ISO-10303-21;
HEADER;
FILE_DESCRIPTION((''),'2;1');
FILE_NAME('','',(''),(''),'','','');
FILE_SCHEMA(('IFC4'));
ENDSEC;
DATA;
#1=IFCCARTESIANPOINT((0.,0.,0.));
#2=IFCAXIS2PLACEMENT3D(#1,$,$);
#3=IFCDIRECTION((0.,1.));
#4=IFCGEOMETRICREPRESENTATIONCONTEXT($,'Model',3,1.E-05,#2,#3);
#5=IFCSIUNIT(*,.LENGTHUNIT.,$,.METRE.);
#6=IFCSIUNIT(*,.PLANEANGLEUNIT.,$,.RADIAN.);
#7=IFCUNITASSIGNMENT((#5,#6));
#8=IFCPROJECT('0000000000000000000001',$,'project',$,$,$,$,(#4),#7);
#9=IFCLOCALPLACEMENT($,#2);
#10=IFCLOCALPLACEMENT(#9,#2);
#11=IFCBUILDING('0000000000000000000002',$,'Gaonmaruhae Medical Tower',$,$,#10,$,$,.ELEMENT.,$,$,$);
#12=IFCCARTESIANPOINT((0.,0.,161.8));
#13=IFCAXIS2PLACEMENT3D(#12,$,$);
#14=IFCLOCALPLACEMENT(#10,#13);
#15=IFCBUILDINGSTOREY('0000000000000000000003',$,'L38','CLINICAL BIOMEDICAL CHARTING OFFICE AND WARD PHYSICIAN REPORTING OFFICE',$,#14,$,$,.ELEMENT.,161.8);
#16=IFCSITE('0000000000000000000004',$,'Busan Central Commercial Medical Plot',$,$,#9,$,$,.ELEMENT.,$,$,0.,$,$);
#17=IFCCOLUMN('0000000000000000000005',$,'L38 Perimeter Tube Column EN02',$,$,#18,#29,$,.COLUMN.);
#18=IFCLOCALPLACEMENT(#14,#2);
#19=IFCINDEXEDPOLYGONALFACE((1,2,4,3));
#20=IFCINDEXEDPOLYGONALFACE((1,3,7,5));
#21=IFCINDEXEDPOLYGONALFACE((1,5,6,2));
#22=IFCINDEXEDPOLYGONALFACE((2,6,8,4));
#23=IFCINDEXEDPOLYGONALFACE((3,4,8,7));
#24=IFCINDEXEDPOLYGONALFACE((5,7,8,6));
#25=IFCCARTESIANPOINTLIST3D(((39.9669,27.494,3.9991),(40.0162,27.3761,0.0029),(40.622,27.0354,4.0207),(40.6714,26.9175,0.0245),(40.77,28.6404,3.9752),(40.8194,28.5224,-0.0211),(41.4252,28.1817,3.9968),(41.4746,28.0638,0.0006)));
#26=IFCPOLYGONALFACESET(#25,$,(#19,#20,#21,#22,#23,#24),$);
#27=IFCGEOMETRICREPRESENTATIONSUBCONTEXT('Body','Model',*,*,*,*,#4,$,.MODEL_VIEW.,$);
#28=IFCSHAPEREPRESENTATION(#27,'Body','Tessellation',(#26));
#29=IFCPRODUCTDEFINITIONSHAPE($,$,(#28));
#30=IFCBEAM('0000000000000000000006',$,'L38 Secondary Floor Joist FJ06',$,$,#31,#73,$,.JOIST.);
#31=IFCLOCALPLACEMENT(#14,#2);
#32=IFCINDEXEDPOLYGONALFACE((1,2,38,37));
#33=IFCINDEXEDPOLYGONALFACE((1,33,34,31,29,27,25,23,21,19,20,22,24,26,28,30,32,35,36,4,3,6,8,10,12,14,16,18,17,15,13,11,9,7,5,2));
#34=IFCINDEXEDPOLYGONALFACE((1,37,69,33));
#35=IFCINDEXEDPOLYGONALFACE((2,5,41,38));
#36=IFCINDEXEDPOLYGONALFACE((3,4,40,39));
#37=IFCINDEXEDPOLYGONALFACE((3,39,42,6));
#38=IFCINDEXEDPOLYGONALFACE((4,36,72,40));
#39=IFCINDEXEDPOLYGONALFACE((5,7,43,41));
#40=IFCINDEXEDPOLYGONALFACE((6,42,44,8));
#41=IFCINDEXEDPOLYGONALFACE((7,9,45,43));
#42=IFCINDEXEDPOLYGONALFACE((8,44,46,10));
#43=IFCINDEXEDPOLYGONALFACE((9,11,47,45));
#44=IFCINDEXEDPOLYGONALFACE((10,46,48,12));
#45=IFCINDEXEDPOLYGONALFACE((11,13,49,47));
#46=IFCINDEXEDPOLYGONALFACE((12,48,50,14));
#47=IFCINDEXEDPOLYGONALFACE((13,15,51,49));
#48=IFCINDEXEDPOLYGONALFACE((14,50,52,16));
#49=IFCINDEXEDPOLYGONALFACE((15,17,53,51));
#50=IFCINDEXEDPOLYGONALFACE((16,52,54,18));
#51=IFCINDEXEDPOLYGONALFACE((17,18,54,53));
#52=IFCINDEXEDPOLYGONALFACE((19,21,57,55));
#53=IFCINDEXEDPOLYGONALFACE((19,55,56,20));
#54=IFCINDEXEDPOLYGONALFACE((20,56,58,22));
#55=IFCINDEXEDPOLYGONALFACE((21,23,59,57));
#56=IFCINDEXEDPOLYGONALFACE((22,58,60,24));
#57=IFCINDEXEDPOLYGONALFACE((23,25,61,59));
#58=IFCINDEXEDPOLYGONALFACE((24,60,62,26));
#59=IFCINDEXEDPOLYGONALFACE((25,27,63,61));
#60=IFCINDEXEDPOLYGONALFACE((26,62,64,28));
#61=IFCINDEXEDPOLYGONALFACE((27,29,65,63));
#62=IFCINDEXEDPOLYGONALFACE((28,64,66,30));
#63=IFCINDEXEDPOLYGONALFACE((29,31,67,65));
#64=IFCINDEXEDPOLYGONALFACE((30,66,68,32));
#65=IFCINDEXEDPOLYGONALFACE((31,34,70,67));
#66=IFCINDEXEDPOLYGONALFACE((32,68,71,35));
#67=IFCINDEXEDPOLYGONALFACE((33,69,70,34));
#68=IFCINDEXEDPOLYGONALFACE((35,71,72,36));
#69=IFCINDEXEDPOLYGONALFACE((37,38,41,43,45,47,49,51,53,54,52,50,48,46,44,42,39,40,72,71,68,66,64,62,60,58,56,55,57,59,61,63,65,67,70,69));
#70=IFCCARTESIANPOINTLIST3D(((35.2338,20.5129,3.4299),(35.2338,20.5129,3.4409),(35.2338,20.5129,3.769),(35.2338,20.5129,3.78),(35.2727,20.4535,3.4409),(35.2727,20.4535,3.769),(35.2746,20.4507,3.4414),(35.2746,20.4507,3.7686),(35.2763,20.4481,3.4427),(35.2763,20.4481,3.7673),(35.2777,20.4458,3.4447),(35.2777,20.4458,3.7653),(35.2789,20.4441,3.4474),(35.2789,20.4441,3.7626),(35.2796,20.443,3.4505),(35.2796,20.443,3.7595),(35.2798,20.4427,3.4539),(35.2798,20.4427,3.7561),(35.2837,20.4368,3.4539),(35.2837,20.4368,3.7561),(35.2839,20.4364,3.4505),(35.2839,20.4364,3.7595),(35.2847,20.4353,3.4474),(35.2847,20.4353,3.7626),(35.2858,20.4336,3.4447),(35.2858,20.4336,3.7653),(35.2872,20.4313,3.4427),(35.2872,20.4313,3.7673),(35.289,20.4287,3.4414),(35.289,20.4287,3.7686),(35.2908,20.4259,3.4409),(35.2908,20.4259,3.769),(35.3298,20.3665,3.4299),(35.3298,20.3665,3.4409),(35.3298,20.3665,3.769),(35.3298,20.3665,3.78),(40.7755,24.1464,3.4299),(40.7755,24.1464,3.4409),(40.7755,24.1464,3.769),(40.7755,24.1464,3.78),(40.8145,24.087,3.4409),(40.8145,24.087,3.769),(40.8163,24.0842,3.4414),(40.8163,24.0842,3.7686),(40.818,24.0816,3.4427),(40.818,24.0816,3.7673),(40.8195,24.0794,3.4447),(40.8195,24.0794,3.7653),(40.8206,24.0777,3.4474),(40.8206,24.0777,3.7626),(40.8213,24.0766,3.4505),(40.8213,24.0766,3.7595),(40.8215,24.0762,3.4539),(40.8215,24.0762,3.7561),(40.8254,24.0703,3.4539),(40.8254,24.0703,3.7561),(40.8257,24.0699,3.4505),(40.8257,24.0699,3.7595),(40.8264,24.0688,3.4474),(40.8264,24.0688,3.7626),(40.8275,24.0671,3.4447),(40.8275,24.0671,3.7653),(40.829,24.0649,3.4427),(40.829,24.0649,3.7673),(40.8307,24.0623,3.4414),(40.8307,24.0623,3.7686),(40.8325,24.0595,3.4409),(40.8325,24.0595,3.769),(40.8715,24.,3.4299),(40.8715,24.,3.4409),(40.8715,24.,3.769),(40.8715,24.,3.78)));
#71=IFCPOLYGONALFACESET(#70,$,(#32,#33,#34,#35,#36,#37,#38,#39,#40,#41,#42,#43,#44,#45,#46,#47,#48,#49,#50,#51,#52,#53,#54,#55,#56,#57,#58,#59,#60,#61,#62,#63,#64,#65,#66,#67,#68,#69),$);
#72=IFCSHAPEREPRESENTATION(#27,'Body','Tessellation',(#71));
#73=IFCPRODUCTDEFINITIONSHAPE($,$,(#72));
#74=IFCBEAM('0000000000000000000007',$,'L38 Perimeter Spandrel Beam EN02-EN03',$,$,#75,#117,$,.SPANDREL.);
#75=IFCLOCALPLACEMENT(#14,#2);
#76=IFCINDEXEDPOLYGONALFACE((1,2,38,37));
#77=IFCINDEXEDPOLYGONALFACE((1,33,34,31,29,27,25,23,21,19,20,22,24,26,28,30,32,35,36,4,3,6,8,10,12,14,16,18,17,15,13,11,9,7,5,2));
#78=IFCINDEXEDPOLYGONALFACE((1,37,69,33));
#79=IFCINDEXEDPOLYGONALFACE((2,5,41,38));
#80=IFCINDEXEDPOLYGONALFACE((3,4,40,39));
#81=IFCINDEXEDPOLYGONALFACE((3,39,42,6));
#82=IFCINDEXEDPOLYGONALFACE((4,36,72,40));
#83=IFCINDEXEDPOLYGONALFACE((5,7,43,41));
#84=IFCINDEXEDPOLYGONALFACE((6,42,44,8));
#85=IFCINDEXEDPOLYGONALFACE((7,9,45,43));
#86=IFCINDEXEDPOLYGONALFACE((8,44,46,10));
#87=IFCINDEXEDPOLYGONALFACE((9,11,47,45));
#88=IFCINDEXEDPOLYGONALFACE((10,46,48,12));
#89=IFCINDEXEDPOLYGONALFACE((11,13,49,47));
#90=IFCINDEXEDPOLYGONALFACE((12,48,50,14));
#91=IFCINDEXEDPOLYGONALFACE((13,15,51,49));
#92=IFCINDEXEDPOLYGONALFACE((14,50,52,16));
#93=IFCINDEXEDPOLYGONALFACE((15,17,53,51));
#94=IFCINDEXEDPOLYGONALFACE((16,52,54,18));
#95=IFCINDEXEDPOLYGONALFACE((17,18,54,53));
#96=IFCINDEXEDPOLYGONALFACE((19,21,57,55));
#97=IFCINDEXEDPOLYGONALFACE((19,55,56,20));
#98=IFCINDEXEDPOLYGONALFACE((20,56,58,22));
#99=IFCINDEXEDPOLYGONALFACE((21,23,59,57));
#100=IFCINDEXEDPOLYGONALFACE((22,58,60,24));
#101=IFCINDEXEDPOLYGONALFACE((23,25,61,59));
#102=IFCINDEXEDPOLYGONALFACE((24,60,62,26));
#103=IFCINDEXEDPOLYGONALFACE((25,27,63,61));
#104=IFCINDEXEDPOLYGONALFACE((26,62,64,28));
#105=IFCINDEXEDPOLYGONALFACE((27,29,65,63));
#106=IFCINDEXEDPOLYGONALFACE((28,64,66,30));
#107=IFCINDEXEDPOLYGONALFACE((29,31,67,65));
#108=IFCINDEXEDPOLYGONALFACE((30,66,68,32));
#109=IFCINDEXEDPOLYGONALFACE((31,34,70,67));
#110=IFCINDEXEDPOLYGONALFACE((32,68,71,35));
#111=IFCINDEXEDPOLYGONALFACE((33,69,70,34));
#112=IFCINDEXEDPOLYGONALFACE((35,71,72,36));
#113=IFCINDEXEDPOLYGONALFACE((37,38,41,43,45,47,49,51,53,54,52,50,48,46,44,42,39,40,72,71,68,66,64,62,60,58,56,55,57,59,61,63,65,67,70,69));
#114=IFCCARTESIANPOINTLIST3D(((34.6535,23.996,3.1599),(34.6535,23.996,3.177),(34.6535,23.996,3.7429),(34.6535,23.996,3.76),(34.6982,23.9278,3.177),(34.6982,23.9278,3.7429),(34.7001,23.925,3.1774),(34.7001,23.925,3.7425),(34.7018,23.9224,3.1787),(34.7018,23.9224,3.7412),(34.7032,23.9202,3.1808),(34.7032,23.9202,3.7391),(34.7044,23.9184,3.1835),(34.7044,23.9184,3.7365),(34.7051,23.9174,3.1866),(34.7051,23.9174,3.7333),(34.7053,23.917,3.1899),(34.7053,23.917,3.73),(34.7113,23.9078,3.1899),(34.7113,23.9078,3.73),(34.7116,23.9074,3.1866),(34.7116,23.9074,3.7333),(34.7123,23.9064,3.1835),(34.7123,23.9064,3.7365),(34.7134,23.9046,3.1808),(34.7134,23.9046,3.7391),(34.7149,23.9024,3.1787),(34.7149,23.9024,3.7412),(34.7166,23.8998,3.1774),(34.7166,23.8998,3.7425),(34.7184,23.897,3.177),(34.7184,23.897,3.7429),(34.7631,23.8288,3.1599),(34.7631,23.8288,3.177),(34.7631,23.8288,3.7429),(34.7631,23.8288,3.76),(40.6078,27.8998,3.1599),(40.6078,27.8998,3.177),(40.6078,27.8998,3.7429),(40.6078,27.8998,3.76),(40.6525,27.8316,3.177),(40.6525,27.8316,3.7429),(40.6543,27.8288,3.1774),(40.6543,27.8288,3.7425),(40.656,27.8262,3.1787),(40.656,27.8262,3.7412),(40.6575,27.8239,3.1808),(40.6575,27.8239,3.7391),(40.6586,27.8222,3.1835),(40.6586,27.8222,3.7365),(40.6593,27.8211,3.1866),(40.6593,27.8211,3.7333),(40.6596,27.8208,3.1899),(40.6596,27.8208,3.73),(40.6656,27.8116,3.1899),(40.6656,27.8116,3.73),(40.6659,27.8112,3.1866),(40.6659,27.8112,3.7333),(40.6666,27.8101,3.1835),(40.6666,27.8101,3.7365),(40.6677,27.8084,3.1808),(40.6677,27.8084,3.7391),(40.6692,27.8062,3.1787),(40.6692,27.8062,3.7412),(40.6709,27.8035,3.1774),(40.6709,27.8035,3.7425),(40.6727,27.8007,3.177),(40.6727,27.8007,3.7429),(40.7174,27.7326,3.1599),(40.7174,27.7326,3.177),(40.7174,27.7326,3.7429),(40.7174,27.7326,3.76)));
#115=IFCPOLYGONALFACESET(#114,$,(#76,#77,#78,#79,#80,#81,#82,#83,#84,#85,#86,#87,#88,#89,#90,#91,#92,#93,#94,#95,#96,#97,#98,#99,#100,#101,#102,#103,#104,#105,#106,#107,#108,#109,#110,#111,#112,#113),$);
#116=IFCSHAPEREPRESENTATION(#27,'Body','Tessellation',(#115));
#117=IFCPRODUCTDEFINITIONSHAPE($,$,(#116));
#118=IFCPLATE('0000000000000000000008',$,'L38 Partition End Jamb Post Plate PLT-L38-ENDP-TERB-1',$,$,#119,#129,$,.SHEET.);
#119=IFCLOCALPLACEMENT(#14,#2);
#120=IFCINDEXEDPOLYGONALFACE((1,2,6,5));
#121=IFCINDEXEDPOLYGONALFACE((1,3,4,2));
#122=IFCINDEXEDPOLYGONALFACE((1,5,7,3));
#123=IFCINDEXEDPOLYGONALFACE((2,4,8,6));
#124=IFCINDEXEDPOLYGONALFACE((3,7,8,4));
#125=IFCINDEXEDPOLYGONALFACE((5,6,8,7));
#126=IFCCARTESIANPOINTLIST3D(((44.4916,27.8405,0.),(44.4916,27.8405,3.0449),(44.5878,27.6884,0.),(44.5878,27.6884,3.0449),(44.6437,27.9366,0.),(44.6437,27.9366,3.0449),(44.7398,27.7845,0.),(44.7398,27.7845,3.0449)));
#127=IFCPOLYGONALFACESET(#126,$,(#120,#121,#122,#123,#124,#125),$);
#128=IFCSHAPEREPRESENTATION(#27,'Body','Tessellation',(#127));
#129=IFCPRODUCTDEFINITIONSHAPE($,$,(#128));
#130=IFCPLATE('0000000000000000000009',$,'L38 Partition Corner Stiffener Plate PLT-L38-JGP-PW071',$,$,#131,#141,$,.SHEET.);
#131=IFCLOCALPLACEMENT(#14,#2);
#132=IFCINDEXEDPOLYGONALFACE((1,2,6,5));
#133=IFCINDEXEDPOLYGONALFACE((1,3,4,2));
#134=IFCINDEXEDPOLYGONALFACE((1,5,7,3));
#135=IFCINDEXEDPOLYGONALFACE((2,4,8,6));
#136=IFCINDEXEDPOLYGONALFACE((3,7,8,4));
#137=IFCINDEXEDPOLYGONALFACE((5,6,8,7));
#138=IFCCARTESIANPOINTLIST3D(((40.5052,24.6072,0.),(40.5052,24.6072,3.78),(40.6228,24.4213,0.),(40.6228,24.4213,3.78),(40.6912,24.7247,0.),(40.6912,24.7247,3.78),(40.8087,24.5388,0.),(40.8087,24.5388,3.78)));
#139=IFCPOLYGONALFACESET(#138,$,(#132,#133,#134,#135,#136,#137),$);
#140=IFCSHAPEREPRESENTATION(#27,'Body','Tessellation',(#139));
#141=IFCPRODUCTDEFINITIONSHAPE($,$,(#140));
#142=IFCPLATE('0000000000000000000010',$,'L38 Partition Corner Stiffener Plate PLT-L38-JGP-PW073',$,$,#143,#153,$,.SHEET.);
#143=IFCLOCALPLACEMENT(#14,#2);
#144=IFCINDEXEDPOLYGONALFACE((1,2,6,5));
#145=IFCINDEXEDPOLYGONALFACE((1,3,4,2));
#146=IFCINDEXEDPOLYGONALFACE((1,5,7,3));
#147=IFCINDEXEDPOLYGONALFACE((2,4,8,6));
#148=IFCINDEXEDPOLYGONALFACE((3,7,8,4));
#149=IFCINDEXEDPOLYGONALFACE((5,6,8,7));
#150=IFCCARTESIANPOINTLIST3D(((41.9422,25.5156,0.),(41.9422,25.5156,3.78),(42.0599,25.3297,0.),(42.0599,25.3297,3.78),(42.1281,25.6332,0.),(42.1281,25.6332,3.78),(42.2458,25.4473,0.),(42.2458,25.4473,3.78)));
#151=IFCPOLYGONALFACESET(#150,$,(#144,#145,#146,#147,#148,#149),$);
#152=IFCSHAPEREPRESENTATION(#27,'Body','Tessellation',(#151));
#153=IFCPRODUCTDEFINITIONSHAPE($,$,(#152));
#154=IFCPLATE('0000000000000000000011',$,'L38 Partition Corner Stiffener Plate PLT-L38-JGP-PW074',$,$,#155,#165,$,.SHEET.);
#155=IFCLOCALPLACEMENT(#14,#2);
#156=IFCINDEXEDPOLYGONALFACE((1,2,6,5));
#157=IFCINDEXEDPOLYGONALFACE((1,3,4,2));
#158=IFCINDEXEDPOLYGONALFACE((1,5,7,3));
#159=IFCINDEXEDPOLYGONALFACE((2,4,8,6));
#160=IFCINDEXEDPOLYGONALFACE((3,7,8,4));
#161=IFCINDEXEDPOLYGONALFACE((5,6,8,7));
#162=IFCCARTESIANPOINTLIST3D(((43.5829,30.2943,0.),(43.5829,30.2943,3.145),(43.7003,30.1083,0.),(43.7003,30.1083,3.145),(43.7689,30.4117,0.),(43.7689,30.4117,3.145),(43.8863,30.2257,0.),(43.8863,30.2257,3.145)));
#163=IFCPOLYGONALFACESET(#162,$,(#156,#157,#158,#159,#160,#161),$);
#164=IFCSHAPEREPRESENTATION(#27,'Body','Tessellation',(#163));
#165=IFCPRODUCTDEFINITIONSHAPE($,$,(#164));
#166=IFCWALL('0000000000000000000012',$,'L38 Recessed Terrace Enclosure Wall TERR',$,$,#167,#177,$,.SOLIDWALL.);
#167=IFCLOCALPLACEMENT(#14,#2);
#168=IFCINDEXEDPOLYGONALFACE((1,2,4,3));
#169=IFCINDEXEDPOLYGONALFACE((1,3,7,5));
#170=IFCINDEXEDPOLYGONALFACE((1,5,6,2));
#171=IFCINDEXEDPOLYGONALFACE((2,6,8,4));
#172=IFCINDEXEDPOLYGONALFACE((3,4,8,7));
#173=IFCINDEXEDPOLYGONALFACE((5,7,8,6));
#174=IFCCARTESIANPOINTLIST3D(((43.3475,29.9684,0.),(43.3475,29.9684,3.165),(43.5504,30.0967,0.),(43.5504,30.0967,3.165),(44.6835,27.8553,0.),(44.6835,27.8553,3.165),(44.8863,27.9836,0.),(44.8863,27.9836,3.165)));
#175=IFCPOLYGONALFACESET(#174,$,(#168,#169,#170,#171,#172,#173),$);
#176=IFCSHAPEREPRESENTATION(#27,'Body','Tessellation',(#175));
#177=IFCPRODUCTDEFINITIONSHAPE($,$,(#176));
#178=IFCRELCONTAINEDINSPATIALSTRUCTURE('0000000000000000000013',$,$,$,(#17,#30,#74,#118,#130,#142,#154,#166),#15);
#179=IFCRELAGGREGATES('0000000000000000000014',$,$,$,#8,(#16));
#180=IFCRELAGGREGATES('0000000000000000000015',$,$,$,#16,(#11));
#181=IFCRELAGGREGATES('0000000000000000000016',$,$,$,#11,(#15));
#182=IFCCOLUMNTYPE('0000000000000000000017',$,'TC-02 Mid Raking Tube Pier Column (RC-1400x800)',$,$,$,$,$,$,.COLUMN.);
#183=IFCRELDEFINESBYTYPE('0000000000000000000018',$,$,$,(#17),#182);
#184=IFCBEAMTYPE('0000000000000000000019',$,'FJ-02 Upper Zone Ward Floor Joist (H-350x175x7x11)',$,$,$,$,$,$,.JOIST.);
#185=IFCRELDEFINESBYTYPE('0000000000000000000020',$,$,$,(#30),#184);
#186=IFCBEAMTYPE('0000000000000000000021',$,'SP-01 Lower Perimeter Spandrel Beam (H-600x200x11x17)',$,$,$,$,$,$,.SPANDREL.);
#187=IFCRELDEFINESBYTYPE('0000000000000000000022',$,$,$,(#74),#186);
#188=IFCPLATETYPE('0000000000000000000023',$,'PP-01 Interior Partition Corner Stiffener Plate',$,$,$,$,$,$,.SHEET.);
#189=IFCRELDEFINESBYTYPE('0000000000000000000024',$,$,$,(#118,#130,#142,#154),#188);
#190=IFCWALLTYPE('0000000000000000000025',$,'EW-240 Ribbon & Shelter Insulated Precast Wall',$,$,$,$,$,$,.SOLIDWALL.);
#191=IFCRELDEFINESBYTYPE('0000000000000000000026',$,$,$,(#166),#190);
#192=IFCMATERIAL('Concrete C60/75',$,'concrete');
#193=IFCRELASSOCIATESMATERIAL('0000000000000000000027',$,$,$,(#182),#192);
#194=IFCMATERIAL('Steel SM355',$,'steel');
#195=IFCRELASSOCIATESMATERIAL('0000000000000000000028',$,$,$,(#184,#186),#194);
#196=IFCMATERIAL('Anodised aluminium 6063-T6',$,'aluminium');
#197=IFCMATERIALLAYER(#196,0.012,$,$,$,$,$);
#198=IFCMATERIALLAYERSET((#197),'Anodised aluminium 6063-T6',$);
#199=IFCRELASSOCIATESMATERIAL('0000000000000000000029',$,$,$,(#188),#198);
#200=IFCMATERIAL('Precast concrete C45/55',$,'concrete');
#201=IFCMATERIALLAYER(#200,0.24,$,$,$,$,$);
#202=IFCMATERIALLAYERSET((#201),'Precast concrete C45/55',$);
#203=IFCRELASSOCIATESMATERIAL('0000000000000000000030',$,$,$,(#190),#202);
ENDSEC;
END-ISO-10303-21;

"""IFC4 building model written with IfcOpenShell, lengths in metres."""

from ifc_helpers import new_model, si_unit, direction, frame, frame_2d, origin, origin_2d, place, context, subcontext, project, spatial, rectangle, i_section, extrude, material, layer, layer_set, material_profile, profile_set, type_object, element, save


model = new_model("IFC4")

# Units and contexts
model_context = context("Model", 3, precision=1e-05, world=origin(), true_north=direction((0.0, 1.0)))
body_context = subcontext(model_context, "Body", "Model", "MODEL_VIEW")
ifc_project = project(units=[si_unit("LENGTHUNIT", "METRE"), si_unit("PLANEANGLEUNIT", "RADIAN")], contexts=[model_context])

# Site, building, storey
site_placement = place(None, origin())
site = spatial("IfcSite", under=ifc_project, at=site_placement, Name="Busan Central Commercial Medical Plot", CompositionType="ELEMENT", RefElevation=0.0)
building_placement = place(site_placement, origin())
building = spatial("IfcBuilding", under=site, at=building_placement, Name="Gaonmaruhae Medical Tower", CompositionType="ELEMENT")
storey_placement = place(building_placement, frame((0.0, 0.0, 161.8)))
storey = spatial("IfcBuildingStorey", under=building, at=storey_placement, Name="L38", Description="CLINICAL BIOMEDICAL CHARTING OFFICE AND WARD PHYSICIAN REPORTING OFFICE", CompositionType="ELEMENT", Elevation=161.8)

# Column
ifc_material_1 = material(Name="Concrete C60/75", Category="concrete")
ifc_material_profile_1 = material_profile(ifc_material_1, rectangle(XDim=1.3999, YDim=0.8, at=origin_2d()), Name="RC-1400x800")
ifc_profile_set_1 = profile_set([ifc_material_profile_1], Name="Concrete C60/75")
column_type = type_object("IfcColumnType", Name="TC-02 Mid Raking Tube Pier Column (RC-1400x800)", PredefinedType="COLUMN", material=ifc_profile_set_1)
column_placement = place(storey_placement, frame((40.7454, 27.72, 0.0017), z_axis=(-0.012334, 0.029492, 0.999489), x_axis=(-0.573744, -0.818856, 0.017082)))
element("IfcColumn", 1, at=column_placement, inside=storey, type_object=column_type, Name="L38 Perimeter Tube Column EN02", PredefinedType="COLUMN", context=body_context, shape_type="SweptSolid", body=[
    extrude(rectangle(XDim=1.3999, YDim=0.8, at=origin_2d()), origin(), (0.0, 0.0, 1.0), 3.9983),
])

# Beams
ifc_material_2 = material(Name="Steel SM355", Category="steel")
ifc_material_profile_2 = material_profile(ifc_material_2, i_section(OverallWidth=0.175, OverallDepth=0.3501, WebThickness=0.0071, FlangeThickness=0.011, FilletRadius=0.0129, at=origin_2d()), Name="H-350x175x7x11")
ifc_profile_set_2 = profile_set([ifc_material_profile_2], Name="Steel SM355")
beam_type_1 = type_object("IfcBeamType", Name="FJ-02 Upper Zone Ward Floor Joist (H-350x175x7x11)", PredefinedType="JOIST", material=ifc_profile_set_2)
beam_1_placement = place(storey_placement, frame((40.8235, 24.0732, 3.605), z_axis=(-0.836271, -0.548316, 0.0), x_axis=(0.548316, -0.836271, 0.0)))
element("IfcBeam", 2, at=beam_1_placement, inside=storey, type_object=beam_type_1, Name="L38 Secondary Floor Joist FJ06", PredefinedType="JOIST", context=body_context, shape_type="SweptSolid", body=[
    extrude(i_section(OverallWidth=0.175, OverallDepth=0.3501, WebThickness=0.0071, FlangeThickness=0.011, FilletRadius=0.0129, at=origin_2d()), origin(), (0.0, 0.0, 1.0), 6.6267),
])
ifc_material_profile_3 = material_profile(ifc_material_2, i_section(OverallWidth=0.2, OverallDepth=0.6001, WebThickness=0.011, FlangeThickness=0.0171, FilletRadius=0.0129, at=origin_2d()), Name="H-600x200x11x17")
ifc_profile_set_3 = profile_set([ifc_material_profile_3], Name="Steel SM355")
beam_type_2 = type_object("IfcBeamType", Name="SP-01 Lower Perimeter Spandrel Beam (H-600x200x11x17)", PredefinedType="SPANDREL", material=ifc_profile_set_3)
beam_2_placement = place(storey_placement, frame((40.6626, 27.8162, 3.46), z_axis=(-0.836288, -0.54829, 0.0), x_axis=(0.54829, -0.836288, 0.0)))
element("IfcBeam", 3, at=beam_2_placement, inside=storey, type_object=beam_type_2, Name="L38 Perimeter Spandrel Beam EN02-EN03", PredefinedType="SPANDREL", context=body_context, shape_type="SweptSolid", body=[
    extrude(i_section(OverallWidth=0.2, OverallDepth=0.6001, WebThickness=0.011, FlangeThickness=0.0171, FilletRadius=0.0129, at=origin_2d()), origin(), (0.0, 0.0, 1.0), 7.1199),
])

# Plates
ifc_material_3 = material(Name="Anodised aluminium 6063-T6", Category="aluminium")
ifc_layer_1 = layer(ifc_material_3, 0.012)
ifc_layer_set_1 = layer_set([ifc_layer_1], Name="Anodised aluminium 6063-T6")
plate_type = type_object("IfcPlateType", Name="PP-01 Interior Partition Corner Stiffener Plate", PredefinedType="SHEET", material=ifc_layer_set_1)
plate_1_placement = place(storey_placement, frame((44.6157, 27.8125, 0.0), z_axis=(0.0, 0.0, 1.0), x_axis=(0.845262, 0.534352, 0.0)))
element("IfcPlate", 4, at=plate_1_placement, inside=storey, type_object=plate_type, Name="L38 Partition End Jamb Post Plate PLT-L38-ENDP-TERB-1", PredefinedType="SHEET", context=body_context, shape_type="SweptSolid", body=[
    extrude(rectangle(XDim=0.1799, YDim=0.1799, at=origin_2d()), origin(), (0.0, 0.0, 1.0), 3.0449),
])
for number, where, z_axis, x_axis, name in (
    (5, (40.657, 24.573, 0.0), (0.0, 0.0, 1.0), (0.534426, -0.845215, 0.0), "L38 Partition Corner Stiffener Plate PLT-L38-JGP-PW071"),
    (6, (42.094, 25.4814, 0.0), (0.0, 0.0, 1.0), (-0.534854, 0.844945, 0.0), "L38 Partition Corner Stiffener Plate PLT-L38-JGP-PW073"),
):
    element("IfcPlate", number, at=place(storey_placement, frame(where, z_axis=z_axis, x_axis=x_axis)), inside=storey, type_object=plate_type, Name=name, PredefinedType="SHEET", context=body_context, shape_type="SweptSolid", body=[
        extrude(rectangle(XDim=0.22, YDim=0.22, at=origin_2d()), origin(), (0.0, 0.0, 1.0), 3.78),
    ])
plate_2_placement = place(storey_placement, frame((43.7346, 30.26, 0.0), z_axis=(0.0, 0.0, 1.0), x_axis=(0.845663, 0.533718, 0.0)))
element("IfcPlate", 7, at=plate_2_placement, inside=storey, type_object=plate_type, Name="L38 Partition Corner Stiffener Plate PLT-L38-JGP-PW074", PredefinedType="SHEET", context=body_context, shape_type="SweptSolid", body=[
    extrude(rectangle(XDim=0.22, YDim=0.22, at=origin_2d()), origin(), (0.0, 0.0, 1.0), 3.145),
])

# Shared definitions
ifc_material_4 = material(Name="Precast concrete C45/55", Category="concrete")
ifc_layer_2 = layer(ifc_material_4, 0.24)
ifc_layer_set_2 = layer_set([ifc_layer_2], Name="Precast concrete C45/55")
wall_type_1 = type_object("IfcWallType", Name="EW-240 Ribbon & Shelter Insulated Precast Wall", PredefinedType="SOLIDWALL", material=ifc_layer_set_2)

# Wall
wall_1_placement = place(storey_placement, frame((44.7849, 27.9194, 0.0), z_axis=(0.0, 0.0, 1.0), x_axis=(-0.53439, 0.845238, 0.0)))
element("IfcWall", 8, at=wall_1_placement, inside=storey, type_object=wall_type_1, Name="L38 Recessed Terrace Enclosure Wall TERR", PredefinedType="SOLIDWALL", context=body_context, shape_type="SweptSolid", body=[
    extrude(rectangle(XDim=2.5, YDim=0.24, at=frame_2d((1.25, 0.0))), origin(), (0.0, 0.0, 1.0), 3.165),
])

save(model, "model.ifc")
